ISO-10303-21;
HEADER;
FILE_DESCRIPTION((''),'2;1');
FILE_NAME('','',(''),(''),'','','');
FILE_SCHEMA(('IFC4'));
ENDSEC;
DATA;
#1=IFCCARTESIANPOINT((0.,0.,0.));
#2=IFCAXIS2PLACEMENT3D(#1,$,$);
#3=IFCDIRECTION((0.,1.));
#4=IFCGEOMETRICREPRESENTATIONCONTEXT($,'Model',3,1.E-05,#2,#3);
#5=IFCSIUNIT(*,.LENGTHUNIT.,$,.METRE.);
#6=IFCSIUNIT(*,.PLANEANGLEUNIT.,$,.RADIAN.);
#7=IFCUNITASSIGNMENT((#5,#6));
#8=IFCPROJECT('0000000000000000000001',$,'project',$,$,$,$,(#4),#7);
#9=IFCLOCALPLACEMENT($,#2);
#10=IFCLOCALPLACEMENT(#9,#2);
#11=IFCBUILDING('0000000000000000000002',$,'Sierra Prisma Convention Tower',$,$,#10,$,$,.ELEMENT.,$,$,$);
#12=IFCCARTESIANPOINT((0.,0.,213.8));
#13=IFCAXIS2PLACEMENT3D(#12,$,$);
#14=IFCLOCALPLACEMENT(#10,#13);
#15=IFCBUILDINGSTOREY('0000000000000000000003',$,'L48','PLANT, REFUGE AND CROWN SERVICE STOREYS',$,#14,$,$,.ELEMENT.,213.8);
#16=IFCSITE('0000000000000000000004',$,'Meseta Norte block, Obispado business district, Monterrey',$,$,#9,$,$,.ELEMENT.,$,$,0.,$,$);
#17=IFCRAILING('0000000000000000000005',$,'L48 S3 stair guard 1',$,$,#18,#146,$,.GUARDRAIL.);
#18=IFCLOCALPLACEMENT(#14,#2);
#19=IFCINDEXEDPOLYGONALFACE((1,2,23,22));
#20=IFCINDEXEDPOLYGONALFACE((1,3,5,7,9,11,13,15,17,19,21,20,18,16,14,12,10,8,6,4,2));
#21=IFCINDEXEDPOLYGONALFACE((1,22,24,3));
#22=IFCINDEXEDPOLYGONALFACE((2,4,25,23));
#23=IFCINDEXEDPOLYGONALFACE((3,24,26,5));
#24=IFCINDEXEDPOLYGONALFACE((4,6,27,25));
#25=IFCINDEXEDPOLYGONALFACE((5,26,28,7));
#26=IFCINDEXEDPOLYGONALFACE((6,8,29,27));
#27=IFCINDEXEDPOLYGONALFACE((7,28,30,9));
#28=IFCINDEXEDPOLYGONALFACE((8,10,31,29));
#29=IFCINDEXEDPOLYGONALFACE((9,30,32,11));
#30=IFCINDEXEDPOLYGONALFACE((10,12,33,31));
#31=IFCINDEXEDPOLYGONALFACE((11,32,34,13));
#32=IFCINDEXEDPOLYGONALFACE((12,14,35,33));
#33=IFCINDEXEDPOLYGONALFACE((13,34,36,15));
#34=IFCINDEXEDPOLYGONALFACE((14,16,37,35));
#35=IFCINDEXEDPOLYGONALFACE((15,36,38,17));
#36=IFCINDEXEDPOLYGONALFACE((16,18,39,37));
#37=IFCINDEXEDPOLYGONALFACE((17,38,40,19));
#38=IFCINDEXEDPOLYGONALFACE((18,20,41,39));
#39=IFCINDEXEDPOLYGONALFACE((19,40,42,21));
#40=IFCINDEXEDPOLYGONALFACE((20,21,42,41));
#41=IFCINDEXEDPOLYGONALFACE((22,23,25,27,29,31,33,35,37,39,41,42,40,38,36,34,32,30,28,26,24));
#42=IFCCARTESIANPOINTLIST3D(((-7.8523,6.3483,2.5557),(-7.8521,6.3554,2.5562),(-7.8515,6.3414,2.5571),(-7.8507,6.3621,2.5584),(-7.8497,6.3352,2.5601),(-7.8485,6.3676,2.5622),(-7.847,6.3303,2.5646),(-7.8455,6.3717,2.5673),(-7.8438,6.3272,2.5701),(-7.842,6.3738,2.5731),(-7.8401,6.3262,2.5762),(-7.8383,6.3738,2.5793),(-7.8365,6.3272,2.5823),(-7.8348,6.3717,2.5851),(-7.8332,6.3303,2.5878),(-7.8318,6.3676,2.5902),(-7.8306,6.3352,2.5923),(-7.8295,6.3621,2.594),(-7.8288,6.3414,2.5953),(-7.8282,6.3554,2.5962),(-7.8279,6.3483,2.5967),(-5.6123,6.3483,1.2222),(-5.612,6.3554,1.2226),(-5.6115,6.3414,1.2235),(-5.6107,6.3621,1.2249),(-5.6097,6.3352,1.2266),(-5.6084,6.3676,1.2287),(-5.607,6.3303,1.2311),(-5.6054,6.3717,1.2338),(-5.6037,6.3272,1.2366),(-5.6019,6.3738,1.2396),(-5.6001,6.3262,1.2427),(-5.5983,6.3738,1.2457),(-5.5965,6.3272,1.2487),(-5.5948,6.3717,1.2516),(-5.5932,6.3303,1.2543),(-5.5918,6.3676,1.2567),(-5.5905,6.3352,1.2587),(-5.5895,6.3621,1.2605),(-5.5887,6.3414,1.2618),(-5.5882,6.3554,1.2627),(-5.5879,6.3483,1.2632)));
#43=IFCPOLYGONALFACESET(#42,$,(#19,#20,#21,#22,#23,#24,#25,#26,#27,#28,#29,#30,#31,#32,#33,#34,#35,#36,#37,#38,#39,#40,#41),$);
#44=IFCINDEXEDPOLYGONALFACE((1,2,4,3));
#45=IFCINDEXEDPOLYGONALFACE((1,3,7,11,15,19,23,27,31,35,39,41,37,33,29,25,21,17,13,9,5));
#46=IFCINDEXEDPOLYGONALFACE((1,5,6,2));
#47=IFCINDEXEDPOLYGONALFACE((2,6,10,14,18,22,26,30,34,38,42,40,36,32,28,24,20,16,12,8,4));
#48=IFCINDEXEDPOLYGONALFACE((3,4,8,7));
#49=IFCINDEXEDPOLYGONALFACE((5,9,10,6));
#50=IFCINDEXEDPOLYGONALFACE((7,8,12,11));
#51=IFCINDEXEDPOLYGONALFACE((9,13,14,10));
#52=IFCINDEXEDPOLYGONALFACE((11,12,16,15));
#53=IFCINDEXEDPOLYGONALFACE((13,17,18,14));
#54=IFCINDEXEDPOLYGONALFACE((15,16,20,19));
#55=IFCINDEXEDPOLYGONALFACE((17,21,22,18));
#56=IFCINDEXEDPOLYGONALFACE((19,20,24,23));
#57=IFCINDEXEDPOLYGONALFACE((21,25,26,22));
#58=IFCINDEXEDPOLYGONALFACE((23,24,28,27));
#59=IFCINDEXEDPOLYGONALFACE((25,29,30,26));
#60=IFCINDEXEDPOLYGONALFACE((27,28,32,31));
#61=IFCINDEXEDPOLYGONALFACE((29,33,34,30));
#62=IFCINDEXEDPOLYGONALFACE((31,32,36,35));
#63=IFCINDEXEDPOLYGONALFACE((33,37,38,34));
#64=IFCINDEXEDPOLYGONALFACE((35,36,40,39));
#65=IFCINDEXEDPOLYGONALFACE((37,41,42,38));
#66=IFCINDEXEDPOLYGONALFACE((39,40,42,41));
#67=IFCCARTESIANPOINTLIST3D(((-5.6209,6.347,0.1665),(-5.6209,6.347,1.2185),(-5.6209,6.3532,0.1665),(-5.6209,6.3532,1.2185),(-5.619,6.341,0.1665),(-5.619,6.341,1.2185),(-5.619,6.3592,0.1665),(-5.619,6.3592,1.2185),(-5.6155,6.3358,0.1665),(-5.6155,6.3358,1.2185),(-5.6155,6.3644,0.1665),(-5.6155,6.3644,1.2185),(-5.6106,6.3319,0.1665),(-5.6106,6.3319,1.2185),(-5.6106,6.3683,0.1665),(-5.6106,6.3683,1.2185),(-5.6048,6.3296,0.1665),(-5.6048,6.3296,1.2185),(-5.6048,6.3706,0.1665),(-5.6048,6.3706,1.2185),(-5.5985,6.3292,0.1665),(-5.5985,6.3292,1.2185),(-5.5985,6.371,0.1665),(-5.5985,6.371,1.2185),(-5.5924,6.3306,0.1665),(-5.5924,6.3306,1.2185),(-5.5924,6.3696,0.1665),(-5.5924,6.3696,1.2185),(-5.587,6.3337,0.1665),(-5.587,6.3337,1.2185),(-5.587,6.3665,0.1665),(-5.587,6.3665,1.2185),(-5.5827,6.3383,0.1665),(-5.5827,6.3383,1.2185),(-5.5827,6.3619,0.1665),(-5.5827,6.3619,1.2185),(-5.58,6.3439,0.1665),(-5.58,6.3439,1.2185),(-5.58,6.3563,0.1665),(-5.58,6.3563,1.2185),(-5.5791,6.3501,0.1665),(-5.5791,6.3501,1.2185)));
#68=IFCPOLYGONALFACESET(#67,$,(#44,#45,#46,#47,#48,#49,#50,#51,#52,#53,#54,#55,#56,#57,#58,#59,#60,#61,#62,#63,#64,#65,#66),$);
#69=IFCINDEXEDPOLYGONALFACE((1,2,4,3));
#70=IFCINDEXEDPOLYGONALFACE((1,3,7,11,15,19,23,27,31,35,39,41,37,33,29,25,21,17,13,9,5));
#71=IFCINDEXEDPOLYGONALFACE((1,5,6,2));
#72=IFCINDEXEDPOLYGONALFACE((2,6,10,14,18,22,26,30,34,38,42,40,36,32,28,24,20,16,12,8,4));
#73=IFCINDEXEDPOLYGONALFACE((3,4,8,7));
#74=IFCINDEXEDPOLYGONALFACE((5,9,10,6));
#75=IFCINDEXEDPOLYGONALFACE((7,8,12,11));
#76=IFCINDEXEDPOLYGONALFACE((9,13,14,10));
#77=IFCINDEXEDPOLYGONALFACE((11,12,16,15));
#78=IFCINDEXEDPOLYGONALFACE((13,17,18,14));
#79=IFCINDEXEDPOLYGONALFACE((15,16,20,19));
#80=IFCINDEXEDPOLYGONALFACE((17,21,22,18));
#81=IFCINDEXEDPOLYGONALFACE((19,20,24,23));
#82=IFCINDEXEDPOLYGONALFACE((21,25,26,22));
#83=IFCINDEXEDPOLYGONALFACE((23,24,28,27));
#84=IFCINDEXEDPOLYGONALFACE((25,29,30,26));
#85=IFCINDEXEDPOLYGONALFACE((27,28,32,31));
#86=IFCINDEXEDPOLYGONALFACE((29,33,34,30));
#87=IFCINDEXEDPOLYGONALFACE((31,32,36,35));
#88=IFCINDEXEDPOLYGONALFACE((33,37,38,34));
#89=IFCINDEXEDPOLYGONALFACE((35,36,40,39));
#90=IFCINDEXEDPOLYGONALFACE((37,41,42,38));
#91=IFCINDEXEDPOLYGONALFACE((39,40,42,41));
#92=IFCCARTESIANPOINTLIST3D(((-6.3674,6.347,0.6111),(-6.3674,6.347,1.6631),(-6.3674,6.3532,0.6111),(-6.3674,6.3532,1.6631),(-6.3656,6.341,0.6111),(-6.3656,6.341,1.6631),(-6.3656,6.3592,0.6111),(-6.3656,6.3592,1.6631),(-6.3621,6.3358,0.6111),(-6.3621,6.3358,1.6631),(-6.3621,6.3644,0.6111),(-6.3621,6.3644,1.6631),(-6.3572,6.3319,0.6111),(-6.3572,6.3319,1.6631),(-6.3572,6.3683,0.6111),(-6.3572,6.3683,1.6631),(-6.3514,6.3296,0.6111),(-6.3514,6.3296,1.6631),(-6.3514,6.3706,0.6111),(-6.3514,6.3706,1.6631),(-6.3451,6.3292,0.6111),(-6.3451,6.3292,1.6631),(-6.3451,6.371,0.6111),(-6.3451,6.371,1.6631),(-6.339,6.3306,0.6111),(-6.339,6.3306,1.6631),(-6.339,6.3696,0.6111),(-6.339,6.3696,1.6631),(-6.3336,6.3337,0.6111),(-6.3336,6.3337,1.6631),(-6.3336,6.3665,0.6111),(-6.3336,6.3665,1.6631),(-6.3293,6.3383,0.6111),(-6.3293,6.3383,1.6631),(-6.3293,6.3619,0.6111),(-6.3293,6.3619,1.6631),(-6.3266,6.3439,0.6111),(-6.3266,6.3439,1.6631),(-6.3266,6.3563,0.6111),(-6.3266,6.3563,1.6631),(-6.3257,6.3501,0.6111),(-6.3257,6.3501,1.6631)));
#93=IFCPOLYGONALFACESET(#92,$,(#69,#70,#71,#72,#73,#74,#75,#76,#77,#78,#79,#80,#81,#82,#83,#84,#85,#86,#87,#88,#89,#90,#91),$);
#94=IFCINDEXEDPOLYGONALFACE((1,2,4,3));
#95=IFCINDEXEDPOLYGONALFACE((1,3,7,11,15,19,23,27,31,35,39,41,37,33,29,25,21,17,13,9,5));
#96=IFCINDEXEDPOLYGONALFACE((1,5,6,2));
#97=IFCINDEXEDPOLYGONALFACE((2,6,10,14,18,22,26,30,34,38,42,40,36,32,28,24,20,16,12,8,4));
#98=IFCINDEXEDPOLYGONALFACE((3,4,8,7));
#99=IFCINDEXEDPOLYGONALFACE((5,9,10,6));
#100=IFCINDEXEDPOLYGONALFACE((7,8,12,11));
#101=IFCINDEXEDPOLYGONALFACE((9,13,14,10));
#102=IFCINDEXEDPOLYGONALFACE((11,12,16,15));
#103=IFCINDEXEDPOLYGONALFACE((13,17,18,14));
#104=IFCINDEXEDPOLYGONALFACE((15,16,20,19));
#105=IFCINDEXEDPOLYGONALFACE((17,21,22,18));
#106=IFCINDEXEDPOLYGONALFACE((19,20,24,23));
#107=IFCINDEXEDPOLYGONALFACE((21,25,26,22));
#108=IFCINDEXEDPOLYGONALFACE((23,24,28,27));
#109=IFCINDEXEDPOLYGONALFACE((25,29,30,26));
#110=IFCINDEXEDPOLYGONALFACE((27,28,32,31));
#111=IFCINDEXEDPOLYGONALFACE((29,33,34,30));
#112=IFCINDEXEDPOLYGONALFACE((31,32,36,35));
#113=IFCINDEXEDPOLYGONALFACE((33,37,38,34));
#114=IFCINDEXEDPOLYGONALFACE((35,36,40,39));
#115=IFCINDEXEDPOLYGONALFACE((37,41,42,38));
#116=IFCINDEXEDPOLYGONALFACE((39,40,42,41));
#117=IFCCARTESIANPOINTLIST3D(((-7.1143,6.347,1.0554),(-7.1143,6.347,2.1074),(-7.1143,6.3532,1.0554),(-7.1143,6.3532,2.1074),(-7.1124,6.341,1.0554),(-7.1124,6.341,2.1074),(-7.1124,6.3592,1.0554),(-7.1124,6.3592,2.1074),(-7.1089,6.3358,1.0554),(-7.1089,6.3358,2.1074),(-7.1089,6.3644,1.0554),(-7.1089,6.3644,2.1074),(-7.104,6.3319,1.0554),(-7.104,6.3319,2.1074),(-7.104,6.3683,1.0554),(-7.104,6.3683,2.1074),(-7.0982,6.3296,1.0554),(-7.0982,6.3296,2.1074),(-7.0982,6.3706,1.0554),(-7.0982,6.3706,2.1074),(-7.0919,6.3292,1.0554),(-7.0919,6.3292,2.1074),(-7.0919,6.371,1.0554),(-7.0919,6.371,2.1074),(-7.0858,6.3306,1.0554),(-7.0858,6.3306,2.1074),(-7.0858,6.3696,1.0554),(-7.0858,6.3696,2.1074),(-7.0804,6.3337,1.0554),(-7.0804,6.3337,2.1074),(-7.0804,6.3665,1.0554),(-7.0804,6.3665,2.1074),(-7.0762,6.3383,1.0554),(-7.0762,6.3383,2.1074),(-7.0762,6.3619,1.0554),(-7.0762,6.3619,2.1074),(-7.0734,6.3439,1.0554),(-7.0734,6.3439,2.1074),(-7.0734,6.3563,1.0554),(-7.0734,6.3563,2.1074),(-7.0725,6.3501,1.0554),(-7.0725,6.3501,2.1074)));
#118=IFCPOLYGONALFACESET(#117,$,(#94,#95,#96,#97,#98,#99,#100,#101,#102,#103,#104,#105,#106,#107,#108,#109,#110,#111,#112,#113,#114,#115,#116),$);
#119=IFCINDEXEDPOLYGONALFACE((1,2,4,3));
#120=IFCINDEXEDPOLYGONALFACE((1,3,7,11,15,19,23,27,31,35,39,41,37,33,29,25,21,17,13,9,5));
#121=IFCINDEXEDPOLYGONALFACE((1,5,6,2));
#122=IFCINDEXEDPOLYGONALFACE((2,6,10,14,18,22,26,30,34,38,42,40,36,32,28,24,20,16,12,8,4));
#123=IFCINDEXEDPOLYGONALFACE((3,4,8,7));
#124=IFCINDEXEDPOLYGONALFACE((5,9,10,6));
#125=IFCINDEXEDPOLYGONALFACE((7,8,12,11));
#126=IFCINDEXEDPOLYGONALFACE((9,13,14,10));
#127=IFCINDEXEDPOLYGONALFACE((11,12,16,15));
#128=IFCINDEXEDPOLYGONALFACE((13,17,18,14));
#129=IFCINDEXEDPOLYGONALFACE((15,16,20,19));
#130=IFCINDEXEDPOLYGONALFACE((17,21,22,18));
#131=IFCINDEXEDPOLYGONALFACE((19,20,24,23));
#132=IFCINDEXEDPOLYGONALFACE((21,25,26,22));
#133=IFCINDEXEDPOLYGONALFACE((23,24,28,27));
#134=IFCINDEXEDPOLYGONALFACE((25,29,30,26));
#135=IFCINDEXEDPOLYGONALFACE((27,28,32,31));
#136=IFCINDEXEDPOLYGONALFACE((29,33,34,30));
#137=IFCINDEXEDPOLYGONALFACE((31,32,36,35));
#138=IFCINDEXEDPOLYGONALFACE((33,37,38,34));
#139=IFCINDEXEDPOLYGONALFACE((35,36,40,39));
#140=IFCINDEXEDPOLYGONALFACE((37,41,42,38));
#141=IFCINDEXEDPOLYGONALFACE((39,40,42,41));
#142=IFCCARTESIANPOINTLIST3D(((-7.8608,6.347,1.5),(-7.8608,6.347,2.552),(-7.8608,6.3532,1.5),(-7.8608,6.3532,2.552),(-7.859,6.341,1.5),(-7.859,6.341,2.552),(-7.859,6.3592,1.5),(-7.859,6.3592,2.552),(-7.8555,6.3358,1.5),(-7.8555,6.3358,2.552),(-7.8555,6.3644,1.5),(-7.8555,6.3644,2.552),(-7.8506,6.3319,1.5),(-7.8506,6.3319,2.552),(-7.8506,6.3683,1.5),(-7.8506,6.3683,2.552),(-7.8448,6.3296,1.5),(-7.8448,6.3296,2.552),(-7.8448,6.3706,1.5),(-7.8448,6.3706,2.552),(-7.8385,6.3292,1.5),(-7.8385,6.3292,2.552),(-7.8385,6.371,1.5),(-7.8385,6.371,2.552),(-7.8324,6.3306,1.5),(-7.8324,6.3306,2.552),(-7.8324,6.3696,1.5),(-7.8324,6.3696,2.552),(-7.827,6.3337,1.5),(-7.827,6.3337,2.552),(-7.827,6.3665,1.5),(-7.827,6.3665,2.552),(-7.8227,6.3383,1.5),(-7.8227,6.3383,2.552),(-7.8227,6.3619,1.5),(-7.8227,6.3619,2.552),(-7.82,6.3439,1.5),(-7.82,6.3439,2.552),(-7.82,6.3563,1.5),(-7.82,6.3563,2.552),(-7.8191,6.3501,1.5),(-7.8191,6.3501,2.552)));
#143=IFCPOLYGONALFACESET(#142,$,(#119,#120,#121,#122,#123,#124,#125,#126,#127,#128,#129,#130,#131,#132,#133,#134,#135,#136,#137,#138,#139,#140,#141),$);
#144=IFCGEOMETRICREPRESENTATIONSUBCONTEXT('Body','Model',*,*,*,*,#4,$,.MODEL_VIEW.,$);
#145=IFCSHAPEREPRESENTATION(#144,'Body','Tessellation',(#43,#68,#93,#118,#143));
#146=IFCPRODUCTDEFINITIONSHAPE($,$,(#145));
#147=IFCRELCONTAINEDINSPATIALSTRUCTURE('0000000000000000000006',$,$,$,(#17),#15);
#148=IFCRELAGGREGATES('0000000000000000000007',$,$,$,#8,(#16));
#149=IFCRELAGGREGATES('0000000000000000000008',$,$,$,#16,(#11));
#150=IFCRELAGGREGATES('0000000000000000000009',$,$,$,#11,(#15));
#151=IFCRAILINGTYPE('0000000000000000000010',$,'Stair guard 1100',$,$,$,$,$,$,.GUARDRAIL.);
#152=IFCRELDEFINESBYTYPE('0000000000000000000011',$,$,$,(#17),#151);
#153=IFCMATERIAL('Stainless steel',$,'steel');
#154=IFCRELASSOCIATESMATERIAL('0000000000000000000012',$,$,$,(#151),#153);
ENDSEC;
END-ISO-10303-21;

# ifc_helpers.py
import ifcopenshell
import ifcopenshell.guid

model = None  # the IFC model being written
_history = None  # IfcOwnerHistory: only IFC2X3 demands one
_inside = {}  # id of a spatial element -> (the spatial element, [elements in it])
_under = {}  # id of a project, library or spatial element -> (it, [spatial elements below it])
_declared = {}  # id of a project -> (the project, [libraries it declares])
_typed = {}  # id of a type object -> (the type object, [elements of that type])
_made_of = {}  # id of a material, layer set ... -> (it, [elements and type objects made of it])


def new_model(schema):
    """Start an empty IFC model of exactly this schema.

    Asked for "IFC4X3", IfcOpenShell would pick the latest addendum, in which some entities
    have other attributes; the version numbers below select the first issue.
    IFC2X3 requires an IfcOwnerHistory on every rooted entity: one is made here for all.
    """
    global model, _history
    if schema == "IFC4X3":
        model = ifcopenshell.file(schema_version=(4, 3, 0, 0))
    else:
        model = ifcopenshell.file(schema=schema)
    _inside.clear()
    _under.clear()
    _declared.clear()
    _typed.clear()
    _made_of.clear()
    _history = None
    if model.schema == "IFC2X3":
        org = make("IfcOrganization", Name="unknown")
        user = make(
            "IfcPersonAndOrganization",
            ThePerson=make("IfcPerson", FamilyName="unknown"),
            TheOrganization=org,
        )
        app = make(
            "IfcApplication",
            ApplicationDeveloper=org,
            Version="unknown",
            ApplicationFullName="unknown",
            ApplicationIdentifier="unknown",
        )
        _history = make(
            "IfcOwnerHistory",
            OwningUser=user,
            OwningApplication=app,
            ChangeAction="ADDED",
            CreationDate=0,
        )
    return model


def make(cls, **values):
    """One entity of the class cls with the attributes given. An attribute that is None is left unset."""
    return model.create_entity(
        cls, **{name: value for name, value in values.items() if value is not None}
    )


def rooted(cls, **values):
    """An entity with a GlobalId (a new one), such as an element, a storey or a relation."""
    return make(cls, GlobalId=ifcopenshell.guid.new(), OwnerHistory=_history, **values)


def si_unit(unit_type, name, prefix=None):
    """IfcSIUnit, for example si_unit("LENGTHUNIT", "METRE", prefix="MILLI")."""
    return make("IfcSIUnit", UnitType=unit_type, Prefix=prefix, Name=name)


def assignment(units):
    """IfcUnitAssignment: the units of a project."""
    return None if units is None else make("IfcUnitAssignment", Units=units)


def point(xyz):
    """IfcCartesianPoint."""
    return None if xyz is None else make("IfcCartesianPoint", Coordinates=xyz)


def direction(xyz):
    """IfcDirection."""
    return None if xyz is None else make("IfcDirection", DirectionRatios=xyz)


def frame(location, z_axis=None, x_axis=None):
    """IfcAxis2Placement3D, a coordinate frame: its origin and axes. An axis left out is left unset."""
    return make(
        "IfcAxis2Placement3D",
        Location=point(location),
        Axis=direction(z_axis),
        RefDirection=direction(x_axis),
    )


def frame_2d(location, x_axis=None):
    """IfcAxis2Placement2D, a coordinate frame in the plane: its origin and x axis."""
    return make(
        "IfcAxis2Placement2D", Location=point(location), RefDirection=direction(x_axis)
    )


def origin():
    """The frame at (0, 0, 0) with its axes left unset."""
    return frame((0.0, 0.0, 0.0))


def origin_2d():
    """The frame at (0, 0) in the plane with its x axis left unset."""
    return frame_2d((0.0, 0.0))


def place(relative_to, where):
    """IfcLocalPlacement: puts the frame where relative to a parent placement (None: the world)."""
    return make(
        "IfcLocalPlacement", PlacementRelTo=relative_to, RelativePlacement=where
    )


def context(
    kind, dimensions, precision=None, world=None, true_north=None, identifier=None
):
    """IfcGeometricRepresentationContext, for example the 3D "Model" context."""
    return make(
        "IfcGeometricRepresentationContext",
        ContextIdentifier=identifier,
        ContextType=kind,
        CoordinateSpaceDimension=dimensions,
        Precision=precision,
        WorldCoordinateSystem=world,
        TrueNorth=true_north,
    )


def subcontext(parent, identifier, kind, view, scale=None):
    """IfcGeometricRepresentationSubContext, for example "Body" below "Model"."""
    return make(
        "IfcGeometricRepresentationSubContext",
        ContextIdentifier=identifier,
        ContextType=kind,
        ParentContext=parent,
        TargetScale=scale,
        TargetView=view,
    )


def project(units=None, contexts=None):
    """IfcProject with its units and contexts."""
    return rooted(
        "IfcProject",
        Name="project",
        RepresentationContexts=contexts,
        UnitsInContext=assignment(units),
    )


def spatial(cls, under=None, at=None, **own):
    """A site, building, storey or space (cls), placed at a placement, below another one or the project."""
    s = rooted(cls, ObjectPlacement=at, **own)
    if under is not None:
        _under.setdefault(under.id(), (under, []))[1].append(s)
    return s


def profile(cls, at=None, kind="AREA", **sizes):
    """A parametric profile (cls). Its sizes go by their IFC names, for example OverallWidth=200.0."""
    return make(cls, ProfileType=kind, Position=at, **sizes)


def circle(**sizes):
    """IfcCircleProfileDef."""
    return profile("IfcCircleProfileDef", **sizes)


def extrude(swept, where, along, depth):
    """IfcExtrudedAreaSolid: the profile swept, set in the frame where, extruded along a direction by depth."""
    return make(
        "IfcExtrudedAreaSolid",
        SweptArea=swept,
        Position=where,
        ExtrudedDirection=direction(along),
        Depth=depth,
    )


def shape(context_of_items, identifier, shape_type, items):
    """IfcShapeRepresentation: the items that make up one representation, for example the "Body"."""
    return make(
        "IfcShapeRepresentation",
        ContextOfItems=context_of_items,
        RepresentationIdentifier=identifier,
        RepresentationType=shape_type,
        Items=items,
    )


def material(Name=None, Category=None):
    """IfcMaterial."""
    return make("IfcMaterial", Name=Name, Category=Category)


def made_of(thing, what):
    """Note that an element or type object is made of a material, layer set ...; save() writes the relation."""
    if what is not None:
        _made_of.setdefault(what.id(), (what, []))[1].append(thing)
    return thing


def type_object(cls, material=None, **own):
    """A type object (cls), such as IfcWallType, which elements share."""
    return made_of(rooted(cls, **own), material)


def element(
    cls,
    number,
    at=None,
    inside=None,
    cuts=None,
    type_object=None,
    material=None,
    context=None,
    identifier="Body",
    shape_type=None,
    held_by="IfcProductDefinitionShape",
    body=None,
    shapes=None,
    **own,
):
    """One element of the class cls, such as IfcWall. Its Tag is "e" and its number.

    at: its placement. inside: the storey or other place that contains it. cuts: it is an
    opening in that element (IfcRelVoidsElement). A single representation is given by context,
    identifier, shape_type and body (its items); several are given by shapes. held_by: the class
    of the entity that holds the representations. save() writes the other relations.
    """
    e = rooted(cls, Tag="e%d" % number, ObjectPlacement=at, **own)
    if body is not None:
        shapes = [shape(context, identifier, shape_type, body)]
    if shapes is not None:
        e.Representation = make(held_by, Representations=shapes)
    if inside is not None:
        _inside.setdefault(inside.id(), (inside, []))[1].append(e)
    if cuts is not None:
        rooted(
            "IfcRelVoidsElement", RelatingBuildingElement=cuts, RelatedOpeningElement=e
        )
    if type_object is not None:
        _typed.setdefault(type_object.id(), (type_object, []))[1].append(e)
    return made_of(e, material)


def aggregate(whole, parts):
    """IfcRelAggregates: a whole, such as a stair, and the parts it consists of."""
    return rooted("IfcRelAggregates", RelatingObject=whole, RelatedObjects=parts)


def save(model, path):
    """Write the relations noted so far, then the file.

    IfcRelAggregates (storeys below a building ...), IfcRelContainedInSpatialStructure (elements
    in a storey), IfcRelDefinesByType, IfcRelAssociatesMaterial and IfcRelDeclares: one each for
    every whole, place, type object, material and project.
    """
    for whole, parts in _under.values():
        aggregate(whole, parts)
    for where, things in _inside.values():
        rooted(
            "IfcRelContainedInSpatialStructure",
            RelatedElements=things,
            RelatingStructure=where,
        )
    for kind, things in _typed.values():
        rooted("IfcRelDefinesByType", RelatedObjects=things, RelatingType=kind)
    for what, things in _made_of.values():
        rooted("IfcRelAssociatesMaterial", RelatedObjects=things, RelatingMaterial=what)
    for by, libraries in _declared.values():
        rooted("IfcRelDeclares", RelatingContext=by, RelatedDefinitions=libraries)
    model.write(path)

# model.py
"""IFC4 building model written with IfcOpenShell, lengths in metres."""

from ifc_helpers import new_model, si_unit, direction, frame, origin, origin_2d, place, context, subcontext, project, spatial, circle, extrude, material, type_object, element, save


model = new_model("IFC4")

# Units and contexts
model_context = context("Model", 3, precision=1e-05, world=origin(), true_north=direction((0.0, 1.0)))
body_context = subcontext(model_context, "Body", "Model", "MODEL_VIEW")
ifc_project = project(units=[si_unit("LENGTHUNIT", "METRE"), si_unit("PLANEANGLEUNIT", "RADIAN")], contexts=[model_context])

# Site, building, storey
site_placement = place(None, origin())
site = spatial("IfcSite", under=ifc_project, at=site_placement, Name="Meseta Norte block, Obispado business district, Monterrey", CompositionType="ELEMENT", RefElevation=0.0)
building_placement = place(site_placement, origin())
building = spatial("IfcBuilding", under=site, at=building_placement, Name="Sierra Prisma Convention Tower", CompositionType="ELEMENT")
storey_placement = place(building_placement, frame((0.0, 0.0, 213.8)))
storey = spatial("IfcBuildingStorey", under=building, at=storey_placement, Name="L48", Description="PLANT, REFUGE AND CROWN SERVICE STOREYS", CompositionType="ELEMENT", Elevation=213.8)

# Railing
ifc_material_1 = material(Name="Stainless steel", Category="steel")
railing_type_1 = type_object("IfcRailingType", Name="Stair guard 1100", PredefinedType="GUARDRAIL", material=ifc_material_1)
railing_1_placement = place(storey_placement, frame((-5.6001, 6.3501, 0.1665)))
element("IfcRailing", 1, at=railing_1_placement, inside=storey, type_object=railing_type_1, Name="L48 S3 stair guard 1", PredefinedType="GUARDRAIL", context=body_context, shape_type="SweptSolid", body=[
    extrude(circle(Radius=0.0239, at=origin_2d()), frame((0.0, 0.0, 1.0762), z_axis=(-0.859264, 0.0, 0.511532), x_axis=(0.0, -1.0, 0.0)), (0.0, 0.0, 1.0), 2.6069),
    extrude(circle(Radius=0.021, at=origin_2d()), origin(), (0.0, 0.0, 1.0), 1.052),
    extrude(circle(Radius=0.021, at=origin_2d()), frame((-0.7466, 0.0, 0.4446)), (0.0, 0.0, 1.0), 1.052),
    extrude(circle(Radius=0.021, at=origin_2d()), frame((-1.4934, 0.0, 0.8889)), (0.0, 0.0, 1.0), 1.052),
    extrude(circle(Radius=0.021, at=origin_2d()), frame((-2.24, 0.0, 1.3335)), (0.0, 0.0, 1.0), 1.052),
])

save(model, "model.ifc")
